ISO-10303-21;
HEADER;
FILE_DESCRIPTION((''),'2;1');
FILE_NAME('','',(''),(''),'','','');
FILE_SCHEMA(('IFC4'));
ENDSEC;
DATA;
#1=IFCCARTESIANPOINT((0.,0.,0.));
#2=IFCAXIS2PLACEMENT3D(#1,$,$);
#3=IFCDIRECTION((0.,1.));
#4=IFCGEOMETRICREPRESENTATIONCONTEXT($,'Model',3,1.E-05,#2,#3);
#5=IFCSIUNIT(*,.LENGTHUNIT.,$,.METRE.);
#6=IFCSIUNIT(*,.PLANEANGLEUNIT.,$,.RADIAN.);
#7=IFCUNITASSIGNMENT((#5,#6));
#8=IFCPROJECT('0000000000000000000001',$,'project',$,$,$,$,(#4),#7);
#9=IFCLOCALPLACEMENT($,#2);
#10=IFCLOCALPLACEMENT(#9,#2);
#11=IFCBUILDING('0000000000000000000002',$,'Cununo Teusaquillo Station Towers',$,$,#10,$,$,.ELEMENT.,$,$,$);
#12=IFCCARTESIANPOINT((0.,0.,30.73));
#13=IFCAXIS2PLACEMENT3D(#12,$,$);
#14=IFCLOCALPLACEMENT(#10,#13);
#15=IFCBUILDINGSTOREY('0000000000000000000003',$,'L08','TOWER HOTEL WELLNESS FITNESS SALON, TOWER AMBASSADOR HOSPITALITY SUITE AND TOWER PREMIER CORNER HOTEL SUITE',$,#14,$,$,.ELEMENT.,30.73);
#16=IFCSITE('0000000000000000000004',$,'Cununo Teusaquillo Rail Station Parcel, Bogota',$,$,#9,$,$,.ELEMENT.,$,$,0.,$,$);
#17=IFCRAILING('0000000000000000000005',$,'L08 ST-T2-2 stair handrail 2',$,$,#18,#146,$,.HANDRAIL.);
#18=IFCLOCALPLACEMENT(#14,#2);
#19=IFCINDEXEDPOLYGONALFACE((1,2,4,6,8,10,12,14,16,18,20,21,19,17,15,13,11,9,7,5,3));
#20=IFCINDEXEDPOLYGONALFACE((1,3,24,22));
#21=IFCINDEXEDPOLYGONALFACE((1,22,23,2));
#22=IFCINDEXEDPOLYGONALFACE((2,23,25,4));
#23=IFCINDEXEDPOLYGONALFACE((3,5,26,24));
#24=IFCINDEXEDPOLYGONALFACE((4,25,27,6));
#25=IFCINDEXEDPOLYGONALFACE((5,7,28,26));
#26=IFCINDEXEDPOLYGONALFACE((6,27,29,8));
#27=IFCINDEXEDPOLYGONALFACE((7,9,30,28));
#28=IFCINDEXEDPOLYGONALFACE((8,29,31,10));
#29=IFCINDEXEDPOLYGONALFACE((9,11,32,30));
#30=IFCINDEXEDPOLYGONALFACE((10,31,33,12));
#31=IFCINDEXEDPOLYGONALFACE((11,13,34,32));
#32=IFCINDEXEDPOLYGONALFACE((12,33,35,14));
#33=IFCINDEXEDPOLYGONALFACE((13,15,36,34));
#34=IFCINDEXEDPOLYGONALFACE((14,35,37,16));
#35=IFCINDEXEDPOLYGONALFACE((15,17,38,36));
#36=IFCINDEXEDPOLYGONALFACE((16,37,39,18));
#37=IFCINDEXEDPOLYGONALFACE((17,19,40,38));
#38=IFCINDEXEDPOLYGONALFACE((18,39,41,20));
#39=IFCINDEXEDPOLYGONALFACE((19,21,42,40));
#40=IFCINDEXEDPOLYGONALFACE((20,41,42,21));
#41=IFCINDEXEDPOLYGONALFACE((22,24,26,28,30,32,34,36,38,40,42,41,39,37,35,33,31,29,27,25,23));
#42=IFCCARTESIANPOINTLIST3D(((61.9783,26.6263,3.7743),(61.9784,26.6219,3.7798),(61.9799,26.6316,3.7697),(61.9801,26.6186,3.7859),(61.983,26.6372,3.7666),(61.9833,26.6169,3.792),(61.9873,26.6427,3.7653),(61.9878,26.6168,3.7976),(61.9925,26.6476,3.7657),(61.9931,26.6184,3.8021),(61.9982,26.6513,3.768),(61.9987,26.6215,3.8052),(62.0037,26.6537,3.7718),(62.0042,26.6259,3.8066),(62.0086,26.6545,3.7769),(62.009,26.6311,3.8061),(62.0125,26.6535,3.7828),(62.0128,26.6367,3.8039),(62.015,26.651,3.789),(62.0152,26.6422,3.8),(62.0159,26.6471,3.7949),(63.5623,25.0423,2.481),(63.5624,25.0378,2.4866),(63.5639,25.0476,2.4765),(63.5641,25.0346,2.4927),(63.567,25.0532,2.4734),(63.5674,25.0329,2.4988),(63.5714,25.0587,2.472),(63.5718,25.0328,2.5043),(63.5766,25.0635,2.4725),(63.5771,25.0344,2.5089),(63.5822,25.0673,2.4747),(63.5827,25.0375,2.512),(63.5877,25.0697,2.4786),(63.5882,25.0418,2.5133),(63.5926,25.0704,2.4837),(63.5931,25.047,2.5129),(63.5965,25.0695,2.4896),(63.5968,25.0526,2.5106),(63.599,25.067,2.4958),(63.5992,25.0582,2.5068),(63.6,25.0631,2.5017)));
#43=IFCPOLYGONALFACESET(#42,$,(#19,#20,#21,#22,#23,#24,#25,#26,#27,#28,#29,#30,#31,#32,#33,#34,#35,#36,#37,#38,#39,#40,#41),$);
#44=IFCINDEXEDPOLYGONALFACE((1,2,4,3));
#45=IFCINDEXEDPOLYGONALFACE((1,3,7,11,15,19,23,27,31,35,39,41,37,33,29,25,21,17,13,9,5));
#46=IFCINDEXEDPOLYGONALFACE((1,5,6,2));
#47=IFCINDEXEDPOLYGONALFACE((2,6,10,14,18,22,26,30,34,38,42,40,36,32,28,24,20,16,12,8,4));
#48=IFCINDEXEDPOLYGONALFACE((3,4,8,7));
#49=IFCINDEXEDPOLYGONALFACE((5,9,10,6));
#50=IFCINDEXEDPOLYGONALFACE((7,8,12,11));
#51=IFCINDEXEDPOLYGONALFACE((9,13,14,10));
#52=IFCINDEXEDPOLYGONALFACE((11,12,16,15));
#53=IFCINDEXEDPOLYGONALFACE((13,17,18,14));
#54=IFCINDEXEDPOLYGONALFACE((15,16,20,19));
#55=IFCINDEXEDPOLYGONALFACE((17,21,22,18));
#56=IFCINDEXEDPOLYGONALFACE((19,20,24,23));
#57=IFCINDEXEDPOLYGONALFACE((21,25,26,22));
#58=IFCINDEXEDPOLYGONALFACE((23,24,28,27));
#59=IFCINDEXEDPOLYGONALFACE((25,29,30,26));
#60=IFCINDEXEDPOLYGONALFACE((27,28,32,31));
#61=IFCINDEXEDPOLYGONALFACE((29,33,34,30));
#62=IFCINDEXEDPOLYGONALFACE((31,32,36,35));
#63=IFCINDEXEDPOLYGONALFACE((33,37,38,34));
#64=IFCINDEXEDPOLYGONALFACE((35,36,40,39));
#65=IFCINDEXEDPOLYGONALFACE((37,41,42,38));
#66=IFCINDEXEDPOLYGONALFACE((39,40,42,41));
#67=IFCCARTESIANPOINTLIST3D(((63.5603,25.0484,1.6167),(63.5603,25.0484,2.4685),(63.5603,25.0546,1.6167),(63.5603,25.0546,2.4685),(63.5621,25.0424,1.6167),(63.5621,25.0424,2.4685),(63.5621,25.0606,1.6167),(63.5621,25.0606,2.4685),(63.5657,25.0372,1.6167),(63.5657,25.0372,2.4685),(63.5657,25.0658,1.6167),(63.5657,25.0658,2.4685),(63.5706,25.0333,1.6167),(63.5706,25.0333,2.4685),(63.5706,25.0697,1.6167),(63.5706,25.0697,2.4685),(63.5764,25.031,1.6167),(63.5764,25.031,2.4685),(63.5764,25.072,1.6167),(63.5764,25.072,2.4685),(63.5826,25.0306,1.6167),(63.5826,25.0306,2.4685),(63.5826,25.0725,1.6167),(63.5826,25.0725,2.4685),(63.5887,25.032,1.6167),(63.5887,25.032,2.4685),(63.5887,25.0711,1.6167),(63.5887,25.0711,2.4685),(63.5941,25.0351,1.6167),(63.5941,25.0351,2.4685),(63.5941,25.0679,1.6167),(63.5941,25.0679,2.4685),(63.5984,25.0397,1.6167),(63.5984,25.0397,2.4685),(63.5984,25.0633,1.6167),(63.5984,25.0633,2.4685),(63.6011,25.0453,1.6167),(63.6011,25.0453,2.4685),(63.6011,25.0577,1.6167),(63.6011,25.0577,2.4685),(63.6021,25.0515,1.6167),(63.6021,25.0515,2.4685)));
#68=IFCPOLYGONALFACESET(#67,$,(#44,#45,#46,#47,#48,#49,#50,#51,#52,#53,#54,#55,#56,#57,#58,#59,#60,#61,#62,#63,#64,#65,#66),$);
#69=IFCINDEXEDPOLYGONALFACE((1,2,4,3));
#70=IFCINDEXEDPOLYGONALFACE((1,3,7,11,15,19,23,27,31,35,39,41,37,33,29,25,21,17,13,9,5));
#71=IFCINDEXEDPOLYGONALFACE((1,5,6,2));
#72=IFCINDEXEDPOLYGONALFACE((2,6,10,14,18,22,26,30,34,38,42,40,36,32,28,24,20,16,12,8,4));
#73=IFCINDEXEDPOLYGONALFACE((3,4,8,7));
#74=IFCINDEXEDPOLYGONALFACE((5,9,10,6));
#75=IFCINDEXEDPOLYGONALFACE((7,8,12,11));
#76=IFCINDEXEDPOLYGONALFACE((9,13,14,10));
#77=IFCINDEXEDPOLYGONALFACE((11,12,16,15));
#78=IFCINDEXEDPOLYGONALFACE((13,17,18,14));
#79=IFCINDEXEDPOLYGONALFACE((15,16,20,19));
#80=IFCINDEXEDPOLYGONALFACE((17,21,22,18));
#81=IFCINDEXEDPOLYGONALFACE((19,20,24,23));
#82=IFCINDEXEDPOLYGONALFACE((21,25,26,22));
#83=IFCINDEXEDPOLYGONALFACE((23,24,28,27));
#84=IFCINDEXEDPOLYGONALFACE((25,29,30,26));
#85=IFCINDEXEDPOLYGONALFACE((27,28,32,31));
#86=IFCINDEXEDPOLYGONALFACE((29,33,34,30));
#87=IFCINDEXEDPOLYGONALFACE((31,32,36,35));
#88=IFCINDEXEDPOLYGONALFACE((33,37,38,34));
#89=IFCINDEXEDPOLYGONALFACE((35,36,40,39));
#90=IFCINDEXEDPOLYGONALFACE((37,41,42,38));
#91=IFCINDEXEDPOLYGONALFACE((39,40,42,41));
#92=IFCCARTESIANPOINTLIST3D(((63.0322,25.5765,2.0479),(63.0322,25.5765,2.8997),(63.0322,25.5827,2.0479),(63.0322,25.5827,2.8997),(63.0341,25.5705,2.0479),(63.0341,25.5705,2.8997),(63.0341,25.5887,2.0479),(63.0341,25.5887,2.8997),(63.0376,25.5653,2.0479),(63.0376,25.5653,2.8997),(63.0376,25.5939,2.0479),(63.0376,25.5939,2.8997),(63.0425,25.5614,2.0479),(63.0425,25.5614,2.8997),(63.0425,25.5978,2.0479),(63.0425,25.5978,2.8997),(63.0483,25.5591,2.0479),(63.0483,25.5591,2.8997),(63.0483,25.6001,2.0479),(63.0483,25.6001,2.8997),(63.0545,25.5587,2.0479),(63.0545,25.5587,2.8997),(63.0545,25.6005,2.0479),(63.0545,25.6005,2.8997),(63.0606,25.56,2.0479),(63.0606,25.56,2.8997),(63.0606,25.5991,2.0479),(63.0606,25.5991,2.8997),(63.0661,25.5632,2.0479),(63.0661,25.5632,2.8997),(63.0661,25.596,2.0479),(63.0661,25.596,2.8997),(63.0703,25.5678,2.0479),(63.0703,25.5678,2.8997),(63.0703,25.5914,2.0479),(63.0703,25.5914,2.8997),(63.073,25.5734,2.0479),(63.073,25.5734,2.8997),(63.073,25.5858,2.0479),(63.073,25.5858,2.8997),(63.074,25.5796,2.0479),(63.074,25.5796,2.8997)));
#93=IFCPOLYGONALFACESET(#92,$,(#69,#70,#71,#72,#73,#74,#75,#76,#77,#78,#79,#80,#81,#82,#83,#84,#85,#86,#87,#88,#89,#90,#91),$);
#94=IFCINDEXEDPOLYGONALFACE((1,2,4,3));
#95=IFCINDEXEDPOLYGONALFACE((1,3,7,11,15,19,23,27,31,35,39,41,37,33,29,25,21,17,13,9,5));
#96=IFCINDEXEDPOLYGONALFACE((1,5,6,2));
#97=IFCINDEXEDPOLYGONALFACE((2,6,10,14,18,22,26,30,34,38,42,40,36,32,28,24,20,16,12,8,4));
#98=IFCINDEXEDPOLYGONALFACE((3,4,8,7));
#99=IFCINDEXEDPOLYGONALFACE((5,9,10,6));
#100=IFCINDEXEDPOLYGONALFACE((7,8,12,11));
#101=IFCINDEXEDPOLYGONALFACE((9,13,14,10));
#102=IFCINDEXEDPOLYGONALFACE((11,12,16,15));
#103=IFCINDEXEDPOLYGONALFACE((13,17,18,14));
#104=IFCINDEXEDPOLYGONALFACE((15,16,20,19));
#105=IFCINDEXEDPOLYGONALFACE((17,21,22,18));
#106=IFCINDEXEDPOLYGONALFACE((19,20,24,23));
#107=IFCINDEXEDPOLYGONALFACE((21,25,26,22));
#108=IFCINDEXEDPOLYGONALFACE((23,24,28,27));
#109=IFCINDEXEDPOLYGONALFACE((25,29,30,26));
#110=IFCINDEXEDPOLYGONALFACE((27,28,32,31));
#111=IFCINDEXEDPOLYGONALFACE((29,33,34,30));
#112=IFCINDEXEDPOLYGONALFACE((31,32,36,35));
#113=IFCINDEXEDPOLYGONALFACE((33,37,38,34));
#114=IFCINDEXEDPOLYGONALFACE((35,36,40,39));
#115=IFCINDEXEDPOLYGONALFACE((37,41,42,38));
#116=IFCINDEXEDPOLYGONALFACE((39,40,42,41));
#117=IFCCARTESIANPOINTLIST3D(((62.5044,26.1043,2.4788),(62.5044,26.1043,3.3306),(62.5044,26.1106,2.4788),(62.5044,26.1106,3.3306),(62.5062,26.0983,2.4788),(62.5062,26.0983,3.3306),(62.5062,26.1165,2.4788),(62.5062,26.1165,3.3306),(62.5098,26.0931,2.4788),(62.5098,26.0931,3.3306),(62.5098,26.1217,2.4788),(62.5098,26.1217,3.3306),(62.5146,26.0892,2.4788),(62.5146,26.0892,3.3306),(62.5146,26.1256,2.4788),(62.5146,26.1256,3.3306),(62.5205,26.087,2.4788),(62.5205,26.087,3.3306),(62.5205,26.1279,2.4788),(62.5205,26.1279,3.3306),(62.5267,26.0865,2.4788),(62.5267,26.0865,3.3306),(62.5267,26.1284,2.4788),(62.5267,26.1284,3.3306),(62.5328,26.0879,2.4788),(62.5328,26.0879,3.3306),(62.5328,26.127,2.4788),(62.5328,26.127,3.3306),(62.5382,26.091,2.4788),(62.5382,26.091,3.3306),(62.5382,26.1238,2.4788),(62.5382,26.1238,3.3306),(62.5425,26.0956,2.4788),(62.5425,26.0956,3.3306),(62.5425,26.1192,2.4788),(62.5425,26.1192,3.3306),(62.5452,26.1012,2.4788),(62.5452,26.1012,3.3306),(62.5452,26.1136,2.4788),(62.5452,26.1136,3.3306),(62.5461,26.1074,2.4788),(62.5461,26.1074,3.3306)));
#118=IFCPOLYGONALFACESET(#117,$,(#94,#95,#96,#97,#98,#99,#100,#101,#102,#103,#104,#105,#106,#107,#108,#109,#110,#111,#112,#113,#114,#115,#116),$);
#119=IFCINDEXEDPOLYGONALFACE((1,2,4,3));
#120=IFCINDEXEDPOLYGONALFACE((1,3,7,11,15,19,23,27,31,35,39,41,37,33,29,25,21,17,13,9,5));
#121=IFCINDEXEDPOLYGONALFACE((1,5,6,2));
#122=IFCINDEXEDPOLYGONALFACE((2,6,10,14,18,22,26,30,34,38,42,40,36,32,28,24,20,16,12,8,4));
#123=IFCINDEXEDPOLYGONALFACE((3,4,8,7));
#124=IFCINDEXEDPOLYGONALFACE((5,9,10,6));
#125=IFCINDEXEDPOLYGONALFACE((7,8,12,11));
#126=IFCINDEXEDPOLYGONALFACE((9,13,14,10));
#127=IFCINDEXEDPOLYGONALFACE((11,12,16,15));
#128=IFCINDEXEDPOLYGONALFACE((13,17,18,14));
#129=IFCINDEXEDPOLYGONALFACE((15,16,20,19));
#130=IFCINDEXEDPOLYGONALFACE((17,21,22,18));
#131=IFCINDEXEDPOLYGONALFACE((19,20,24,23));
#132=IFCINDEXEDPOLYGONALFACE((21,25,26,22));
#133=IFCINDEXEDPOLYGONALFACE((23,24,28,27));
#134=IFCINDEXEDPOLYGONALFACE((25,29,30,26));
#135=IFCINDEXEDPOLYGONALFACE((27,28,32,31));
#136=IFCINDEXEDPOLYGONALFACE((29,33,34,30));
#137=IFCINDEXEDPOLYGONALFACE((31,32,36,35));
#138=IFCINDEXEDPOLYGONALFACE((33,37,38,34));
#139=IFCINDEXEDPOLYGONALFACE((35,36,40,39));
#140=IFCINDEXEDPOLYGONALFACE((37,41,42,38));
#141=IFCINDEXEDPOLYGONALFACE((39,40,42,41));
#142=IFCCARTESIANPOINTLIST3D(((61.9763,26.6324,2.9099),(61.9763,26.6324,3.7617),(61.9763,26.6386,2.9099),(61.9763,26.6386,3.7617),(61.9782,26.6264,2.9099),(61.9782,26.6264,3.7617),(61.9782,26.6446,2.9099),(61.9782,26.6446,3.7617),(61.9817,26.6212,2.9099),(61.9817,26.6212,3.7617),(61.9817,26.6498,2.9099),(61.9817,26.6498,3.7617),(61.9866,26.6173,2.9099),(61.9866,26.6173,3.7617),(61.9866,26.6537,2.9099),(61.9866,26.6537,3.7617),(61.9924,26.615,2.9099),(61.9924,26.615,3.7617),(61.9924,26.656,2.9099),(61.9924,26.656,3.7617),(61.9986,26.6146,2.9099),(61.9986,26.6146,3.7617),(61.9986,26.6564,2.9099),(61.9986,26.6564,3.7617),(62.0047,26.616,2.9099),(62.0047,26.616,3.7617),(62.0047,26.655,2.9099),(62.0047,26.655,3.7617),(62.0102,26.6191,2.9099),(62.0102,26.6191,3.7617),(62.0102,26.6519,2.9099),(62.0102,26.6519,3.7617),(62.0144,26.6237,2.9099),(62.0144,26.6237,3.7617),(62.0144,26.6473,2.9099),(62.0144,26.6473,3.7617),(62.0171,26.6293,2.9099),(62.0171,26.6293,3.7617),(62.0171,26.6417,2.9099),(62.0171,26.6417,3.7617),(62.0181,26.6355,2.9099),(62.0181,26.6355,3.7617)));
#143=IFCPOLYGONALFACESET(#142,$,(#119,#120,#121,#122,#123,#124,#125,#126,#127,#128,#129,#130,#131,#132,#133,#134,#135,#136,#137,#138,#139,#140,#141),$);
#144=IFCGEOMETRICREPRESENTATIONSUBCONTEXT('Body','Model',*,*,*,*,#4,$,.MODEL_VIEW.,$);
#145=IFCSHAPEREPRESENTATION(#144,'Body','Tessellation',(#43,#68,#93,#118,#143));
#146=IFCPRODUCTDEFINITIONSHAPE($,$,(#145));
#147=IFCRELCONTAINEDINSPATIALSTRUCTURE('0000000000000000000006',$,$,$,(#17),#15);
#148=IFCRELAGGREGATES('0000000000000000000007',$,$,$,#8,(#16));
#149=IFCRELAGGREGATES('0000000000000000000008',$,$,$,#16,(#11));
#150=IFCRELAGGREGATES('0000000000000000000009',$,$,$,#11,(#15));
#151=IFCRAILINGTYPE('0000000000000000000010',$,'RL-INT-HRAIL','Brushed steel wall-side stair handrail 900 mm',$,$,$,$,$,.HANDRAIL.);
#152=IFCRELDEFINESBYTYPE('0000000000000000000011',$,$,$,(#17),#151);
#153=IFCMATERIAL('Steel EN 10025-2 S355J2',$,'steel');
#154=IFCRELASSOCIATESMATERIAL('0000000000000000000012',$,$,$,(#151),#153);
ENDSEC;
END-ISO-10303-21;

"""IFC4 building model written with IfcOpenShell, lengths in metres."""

from ifc_helpers import new_model, si_unit, direction, frame, origin, origin_2d, place, context, subcontext, project, spatial, circle, extrude, material, type_object, element, save


model = new_model("IFC4")

# Units and contexts
model_context = context("Model", 3, precision=1e-05, world=origin(), true_north=direction((0.0, 1.0)))
body_context = subcontext(model_context, "Body", "Model", "MODEL_VIEW")
ifc_project = project(units=[si_unit("LENGTHUNIT", "METRE"), si_unit("PLANEANGLEUNIT", "RADIAN")], contexts=[model_context])

# Site, building, storey
site_placement = place(None, origin())
site = spatial("IfcSite", under=ifc_project, at=site_placement, Name="Cununo Teusaquillo Rail Station Parcel, Bogota", CompositionType="ELEMENT", RefElevation=0.0)
building_placement = place(site_placement, origin())
building = spatial("IfcBuilding", under=site, at=building_placement, Name="Cununo Teusaquillo Station Towers", CompositionType="ELEMENT")
storey_placement = place(building_placement, frame((0.0, 0.0, 30.73)))
storey = spatial("IfcBuildingStorey", under=building, at=storey_placement, Name="L08", Description="TOWER HOTEL WELLNESS FITNESS SALON, TOWER AMBASSADOR HOSPITALITY SUITE AND TOWER PREMIER CORNER HOTEL SUITE", CompositionType="ELEMENT", Elevation=30.73)

# Railing
ifc_material_1 = material(Name="Steel EN 10025-2 S355J2", Category="steel")
railing_type_1 = type_object("IfcRailingType", Name="RL-INT-HRAIL", Description="Brushed steel wall-side stair handrail 900 mm", PredefinedType="HANDRAIL", material=ifc_material_1)
railing_1_placement = place(storey_placement, frame((63.5811, 25.0515, 1.6167)))
element("IfcRailing", 1, at=railing_1_placement, inside=storey, type_object=railing_type_1, Name="L08 ST-T2-2 stair handrail 2", PredefinedType="HANDRAIL", context=body_context, shape_type="SweptSolid", body=[
    extrude(circle(Radius=0.0239, at=origin_2d()), frame((0.0, 0.0, 0.876), z_axis=(-0.612385, 0.612385, 0.49997), x_axis=(-0.707107, -0.707107, 0.0)), (0.0, 0.0, 1.0), 2.5867),
    extrude(circle(Radius=0.021, at=origin_2d()), origin(), (0.0, 0.0, 1.0), 0.8518),
    extrude(circle(Radius=0.021, at=origin_2d()), frame((-0.5281, 0.5281, 0.4312)), (0.0, 0.0, 1.0), 0.8518),
    extrude(circle(Radius=0.021, at=origin_2d()), frame((-1.0559, 1.0559, 0.8621)), (0.0, 0.0, 1.0), 0.8518),
    extrude(circle(Radius=0.021, at=origin_2d()), frame((-1.584, 1.584, 1.2932)), (0.0, 0.0, 1.0), 0.8518),
])

save(model, "model.ifc")
